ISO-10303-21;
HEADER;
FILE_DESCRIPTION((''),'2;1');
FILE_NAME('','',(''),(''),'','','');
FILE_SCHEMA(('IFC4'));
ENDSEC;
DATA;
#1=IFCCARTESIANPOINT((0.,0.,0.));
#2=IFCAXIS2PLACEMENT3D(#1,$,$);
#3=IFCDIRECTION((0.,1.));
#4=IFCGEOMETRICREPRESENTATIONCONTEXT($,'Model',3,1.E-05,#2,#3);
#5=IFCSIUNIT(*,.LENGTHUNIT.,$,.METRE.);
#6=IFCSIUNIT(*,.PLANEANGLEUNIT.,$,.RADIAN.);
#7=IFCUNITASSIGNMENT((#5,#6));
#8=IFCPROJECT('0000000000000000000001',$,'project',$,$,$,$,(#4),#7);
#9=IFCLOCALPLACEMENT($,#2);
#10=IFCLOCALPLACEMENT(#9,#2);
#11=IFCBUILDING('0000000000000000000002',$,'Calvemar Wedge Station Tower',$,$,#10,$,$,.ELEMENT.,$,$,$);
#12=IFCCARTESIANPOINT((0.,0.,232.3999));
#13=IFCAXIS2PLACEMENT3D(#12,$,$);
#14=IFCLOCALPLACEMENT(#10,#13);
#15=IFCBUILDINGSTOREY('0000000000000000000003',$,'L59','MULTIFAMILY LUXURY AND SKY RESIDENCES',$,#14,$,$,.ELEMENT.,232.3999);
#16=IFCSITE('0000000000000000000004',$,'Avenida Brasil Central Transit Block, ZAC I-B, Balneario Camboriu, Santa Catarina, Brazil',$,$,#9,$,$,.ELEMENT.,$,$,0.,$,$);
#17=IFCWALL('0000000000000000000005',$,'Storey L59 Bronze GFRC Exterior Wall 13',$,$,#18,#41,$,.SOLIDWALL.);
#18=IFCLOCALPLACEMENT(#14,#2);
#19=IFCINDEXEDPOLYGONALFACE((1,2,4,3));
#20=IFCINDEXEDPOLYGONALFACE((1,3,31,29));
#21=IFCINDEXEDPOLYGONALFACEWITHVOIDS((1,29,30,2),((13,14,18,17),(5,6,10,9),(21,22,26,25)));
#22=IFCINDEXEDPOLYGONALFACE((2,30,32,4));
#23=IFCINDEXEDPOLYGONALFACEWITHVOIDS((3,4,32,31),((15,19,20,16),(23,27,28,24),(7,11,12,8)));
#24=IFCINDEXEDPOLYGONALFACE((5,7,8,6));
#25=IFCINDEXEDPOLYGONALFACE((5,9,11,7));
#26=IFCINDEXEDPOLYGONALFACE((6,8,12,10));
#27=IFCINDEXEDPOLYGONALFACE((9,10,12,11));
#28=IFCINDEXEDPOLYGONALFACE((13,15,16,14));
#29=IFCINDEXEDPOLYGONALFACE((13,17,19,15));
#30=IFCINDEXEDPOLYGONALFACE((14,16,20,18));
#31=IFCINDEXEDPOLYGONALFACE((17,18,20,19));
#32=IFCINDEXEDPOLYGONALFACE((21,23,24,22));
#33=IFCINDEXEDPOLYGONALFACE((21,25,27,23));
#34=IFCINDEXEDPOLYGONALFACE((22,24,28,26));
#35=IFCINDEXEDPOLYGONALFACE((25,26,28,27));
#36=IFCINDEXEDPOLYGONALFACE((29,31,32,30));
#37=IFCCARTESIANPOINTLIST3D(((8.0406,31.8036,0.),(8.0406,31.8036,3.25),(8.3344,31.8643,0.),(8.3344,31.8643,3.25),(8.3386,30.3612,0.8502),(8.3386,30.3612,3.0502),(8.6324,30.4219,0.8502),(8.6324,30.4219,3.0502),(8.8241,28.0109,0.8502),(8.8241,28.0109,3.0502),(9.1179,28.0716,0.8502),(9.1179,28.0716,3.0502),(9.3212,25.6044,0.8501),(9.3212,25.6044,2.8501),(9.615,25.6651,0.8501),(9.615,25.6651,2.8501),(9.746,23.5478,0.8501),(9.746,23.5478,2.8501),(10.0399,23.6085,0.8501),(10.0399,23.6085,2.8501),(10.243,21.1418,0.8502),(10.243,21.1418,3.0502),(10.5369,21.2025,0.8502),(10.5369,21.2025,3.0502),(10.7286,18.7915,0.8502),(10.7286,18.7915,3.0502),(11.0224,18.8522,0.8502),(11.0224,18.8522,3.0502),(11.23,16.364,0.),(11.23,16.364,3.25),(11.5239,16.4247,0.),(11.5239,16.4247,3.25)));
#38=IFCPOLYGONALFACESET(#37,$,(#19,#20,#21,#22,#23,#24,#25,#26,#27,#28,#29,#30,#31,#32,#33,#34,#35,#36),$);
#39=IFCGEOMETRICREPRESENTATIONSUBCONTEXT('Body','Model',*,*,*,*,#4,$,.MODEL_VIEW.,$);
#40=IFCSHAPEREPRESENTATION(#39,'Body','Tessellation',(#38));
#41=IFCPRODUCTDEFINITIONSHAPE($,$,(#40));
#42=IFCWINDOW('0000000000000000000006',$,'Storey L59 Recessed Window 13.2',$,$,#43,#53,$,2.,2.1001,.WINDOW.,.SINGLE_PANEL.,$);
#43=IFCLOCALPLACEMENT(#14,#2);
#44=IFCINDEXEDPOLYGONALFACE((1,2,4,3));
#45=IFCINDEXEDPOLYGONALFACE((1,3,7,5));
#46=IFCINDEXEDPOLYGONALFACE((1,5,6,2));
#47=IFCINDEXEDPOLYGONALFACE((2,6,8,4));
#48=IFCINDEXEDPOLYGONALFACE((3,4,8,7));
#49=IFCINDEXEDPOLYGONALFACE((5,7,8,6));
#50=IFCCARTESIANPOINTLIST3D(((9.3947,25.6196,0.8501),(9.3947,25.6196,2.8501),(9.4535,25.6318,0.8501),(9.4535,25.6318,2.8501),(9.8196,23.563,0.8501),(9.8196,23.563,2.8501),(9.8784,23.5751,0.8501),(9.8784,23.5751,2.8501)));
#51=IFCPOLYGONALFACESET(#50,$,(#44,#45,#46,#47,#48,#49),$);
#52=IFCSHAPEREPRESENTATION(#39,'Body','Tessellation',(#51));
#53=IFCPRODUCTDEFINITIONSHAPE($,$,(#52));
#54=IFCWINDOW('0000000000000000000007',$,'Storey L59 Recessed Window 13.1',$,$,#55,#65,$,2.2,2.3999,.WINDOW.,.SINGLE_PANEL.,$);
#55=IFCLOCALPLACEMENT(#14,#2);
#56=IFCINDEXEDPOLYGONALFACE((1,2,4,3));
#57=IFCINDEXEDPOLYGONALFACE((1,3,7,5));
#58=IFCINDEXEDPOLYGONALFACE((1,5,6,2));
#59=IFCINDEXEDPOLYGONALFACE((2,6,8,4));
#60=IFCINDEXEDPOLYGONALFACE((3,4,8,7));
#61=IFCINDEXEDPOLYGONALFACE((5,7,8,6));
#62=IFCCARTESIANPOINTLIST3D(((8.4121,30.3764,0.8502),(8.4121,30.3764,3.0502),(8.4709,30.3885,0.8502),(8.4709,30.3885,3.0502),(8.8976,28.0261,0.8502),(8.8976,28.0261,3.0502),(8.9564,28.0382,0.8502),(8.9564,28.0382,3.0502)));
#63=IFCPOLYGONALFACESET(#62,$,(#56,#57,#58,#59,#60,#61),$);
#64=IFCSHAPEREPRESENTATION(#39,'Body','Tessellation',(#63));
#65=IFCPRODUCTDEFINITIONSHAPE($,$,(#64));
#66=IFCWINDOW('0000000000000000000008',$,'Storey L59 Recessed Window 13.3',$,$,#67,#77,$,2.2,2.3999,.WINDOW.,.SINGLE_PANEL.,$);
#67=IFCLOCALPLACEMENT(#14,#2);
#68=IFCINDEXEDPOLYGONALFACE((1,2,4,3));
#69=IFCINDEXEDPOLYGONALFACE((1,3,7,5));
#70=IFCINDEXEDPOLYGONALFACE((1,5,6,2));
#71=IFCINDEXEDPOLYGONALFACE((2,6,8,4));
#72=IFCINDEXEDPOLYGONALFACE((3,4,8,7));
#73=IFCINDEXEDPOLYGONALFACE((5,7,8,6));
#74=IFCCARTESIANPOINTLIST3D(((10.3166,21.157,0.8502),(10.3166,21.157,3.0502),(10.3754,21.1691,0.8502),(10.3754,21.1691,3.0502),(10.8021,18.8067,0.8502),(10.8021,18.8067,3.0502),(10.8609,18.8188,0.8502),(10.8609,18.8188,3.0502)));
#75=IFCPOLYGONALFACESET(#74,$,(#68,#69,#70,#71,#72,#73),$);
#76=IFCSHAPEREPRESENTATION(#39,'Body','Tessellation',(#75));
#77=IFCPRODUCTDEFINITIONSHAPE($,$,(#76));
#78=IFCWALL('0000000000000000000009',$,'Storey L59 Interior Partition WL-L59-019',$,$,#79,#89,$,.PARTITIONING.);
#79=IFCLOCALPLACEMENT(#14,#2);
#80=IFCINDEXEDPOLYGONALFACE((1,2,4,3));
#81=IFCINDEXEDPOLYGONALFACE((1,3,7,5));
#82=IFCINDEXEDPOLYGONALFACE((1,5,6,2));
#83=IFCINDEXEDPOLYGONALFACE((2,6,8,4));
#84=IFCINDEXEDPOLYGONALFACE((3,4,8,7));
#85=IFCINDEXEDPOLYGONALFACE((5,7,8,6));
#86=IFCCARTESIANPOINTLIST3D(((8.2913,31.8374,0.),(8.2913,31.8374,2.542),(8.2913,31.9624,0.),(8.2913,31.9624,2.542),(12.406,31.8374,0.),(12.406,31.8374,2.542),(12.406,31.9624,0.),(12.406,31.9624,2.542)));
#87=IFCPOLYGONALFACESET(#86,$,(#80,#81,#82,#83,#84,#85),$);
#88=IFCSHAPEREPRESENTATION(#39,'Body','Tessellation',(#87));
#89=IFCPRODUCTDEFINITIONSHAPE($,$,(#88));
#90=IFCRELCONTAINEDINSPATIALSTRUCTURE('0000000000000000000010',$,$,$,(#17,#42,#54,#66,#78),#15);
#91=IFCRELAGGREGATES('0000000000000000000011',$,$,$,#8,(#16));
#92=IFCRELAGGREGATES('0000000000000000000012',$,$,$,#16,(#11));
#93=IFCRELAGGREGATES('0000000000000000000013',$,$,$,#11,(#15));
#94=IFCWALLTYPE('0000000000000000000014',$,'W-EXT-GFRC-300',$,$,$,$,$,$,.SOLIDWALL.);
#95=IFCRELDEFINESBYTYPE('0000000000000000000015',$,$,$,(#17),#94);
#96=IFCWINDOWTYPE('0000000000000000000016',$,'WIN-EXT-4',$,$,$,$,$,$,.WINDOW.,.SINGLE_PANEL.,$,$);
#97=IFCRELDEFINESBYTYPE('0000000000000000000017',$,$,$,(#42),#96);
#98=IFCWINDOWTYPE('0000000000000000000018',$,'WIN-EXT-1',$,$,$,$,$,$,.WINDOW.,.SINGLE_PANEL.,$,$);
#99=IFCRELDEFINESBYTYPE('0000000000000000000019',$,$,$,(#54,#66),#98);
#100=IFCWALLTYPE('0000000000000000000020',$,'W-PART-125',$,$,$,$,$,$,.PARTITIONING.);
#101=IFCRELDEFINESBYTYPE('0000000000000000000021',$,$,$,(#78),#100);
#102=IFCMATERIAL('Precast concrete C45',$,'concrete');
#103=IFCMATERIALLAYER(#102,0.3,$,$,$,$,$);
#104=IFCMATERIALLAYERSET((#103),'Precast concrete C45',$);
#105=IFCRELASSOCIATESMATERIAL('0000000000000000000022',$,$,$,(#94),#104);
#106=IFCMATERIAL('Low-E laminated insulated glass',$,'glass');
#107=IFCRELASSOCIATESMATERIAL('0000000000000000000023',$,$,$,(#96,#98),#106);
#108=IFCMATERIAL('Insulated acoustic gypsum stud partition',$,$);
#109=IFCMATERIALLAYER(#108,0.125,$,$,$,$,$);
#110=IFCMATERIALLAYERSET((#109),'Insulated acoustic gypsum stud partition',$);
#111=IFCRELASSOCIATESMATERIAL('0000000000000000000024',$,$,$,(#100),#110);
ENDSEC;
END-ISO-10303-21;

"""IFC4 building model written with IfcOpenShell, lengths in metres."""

from ifc_helpers import new_model, si_unit, direction, frame, frame_2d, origin, place, context, subcontext, project, spatial, rectangle, extrude, source, transform, mapped, material, layer, layer_set, type_object, element, fill, save


model = new_model("IFC4")

# Units and contexts
model_context = context("Model", 3, precision=1e-05, world=origin(), true_north=direction((0.0, 1.0)))
body_context = subcontext(model_context, "Body", "Model", "MODEL_VIEW")
ifc_project = project(units=[si_unit("LENGTHUNIT", "METRE"), si_unit("PLANEANGLEUNIT", "RADIAN")], contexts=[model_context])

# Site, building, storey
site_placement = place(None, origin())
site = spatial("IfcSite", under=ifc_project, at=site_placement, Name="Avenida Brasil Central Transit Block, ZAC I-B, Balneario Camboriu, Santa Catarina, Brazil", CompositionType="ELEMENT", RefElevation=0.0)
building_placement = place(site_placement, origin())
building = spatial("IfcBuilding", under=site, at=building_placement, Name="Calvemar Wedge Station Tower", CompositionType="ELEMENT")
storey_placement = place(building_placement, frame((0.0, 0.0, 232.3999)))
storey = spatial("IfcBuildingStorey", under=building, at=storey_placement, Name="L59", Description="MULTIFAMILY LUXURY AND SKY RESIDENCES", CompositionType="ELEMENT", Elevation=232.3999)

# Wall, openings, windows
ifc_material_1 = material(Name="Precast concrete C45", Category="concrete")
ifc_layer_1 = layer(ifc_material_1, 0.3)
ifc_layer_set_1 = layer_set([ifc_layer_1], Name="Precast concrete C45")
wall_type_1 = type_object("IfcWallType", Name="W-EXT-GFRC-300", PredefinedType="SOLIDWALL", material=ifc_layer_set_1)
wall_1_placement = place(storey_placement, frame((8.1875, 31.834, 0.0), z_axis=(0.0, 0.0, 1.0), x_axis=(0.202303, -0.979323, 0.0)))
wall_1 = element("IfcWall", 1, at=wall_1_placement, inside=storey, type_object=wall_type_1, Name="Storey L59 Bronze GFRC Exterior Wall 13", PredefinedType="SOLIDWALL", context=body_context, shape_type="SweptSolid", body=[
    extrude(rectangle(XDim=15.7656, YDim=0.3, at=frame_2d((7.8828, 0.0))), origin(), (0.0, 0.0, 1.0), 3.25),
])
shared_shape_1 = source(origin(), body_context, "Body", "SweptSolid", [
    extrude(rectangle(XDim=2.3999, YDim=2.2, at=frame_2d((1.2, 1.1001))), frame((0.0, 0.1602, 0.0), z_axis=(0.0, -1.0, 0.0), x_axis=(1.0, 0.0, 0.0)), (0.0, 0.0, 1.0), 0.3201),
])
opening_1_placement = place(wall_1_placement, frame((1.4729, 0.0, 0.8501)))
opening_1 = element("IfcOpeningElement", 2, at=opening_1_placement, cuts=wall_1, PredefinedType="OPENING", context=body_context, shape_type="MappedRepresentation", body=[
    mapped(shared_shape_1, transform((0.0, 0.0, 0.0), scale=1.0)),
])
shared_shape_2 = source(origin(), body_context, "Body", "SweptSolid", [
    extrude(rectangle(XDim=2.1001, YDim=2.0, at=frame_2d((1.05, 1.0))), frame((0.0, 0.1602, 0.0), z_axis=(0.0, -1.0, 0.0), x_axis=(1.0, 0.0, 0.0)), (0.0, 0.0, 1.0), 0.3201),
])
opening_2_placement = place(wall_1_placement, frame((6.3301, 0.0, 0.8501)))
opening_2 = element("IfcOpeningElement", 3, at=opening_2_placement, cuts=wall_1, PredefinedType="OPENING", context=body_context, shape_type="MappedRepresentation", body=[
    mapped(shared_shape_2, transform((0.0, 0.0, 0.0), scale=1.0)),
])
opening_3_placement = place(wall_1_placement, frame((10.887, 0.0, 0.8501)))
opening_3 = element("IfcOpeningElement", 4, at=opening_3_placement, cuts=wall_1, PredefinedType="OPENING", context=body_context, shape_type="MappedRepresentation", body=[
    mapped(shared_shape_1, transform((0.0, 0.0, 0.0), scale=1.0)),
])
ifc_material_2 = material(Name="Low-E laminated insulated glass", Category="glass")
window_type_1 = type_object("IfcWindowType", Name="WIN-EXT-4", PartitioningType="SINGLE_PANEL", PredefinedType="WINDOW", material=ifc_material_2)
shared_shape_3 = source(origin(), body_context, "Body", "SweptSolid", [
    extrude(rectangle(XDim=2.1001, YDim=2.0, at=frame_2d((1.05, 1.0))), frame((0.0, -0.0149, 0.0), z_axis=(0.0, -1.0, 0.0), x_axis=(1.0, 0.0, 0.0)), (0.0, 0.0, 1.0), 0.0601),
])
window_1_placement = place(opening_2_placement, origin())
window_1 = element("IfcWindow", 5, at=window_1_placement, inside=storey, type_object=window_type_1, Name="Storey L59 Recessed Window 13.2", OverallHeight=2.0, OverallWidth=2.1001, PartitioningType="SINGLE_PANEL", PredefinedType="WINDOW", context=body_context, shape_type="MappedRepresentation", body=[
    mapped(shared_shape_3, transform((0.0, 0.0, 0.0), scale=1.0)),
])
fill(opening_2, window_1)
window_type_2 = type_object("IfcWindowType", Name="WIN-EXT-1", PartitioningType="SINGLE_PANEL", PredefinedType="WINDOW", material=ifc_material_2)
shared_shape_4 = source(origin(), body_context, "Body", "SweptSolid", [
    extrude(rectangle(XDim=2.3999, YDim=2.2, at=frame_2d((1.2, 1.1001))), frame((0.0, -0.0149, 0.0), z_axis=(0.0, -1.0, 0.0), x_axis=(1.0, 0.0, 0.0)), (0.0, 0.0, 1.0), 0.0601),
])
window_2_placement = place(opening_1_placement, origin())
window_2 = element("IfcWindow", 6, at=window_2_placement, inside=storey, type_object=window_type_2, Name="Storey L59 Recessed Window 13.1", OverallHeight=2.2, OverallWidth=2.3999, PartitioningType="SINGLE_PANEL", PredefinedType="WINDOW", context=body_context, shape_type="MappedRepresentation", body=[
    mapped(shared_shape_4, transform((0.0, 0.0, 0.0), scale=1.0)),
])
fill(opening_1, window_2)
window_3_placement = place(opening_3_placement, origin())
window_3 = element("IfcWindow", 7, at=window_3_placement, inside=storey, type_object=window_type_2, Name="Storey L59 Recessed Window 13.3", OverallHeight=2.2, OverallWidth=2.3999, PartitioningType="SINGLE_PANEL", PredefinedType="WINDOW", context=body_context, shape_type="MappedRepresentation", body=[
    mapped(shared_shape_4, transform((0.0, 0.0, 0.0), scale=1.0)),
])
fill(opening_3, window_3)

# Wall
ifc_material_3 = material(Name="Insulated acoustic gypsum stud partition")
ifc_layer_2 = layer(ifc_material_3, 0.125)
ifc_layer_set_2 = layer_set([ifc_layer_2], Name="Insulated acoustic gypsum stud partition")
wall_type_2 = type_object("IfcWallType", Name="W-PART-125", PredefinedType="PARTITIONING", material=ifc_layer_set_2)
wall_2_placement = place(storey_placement, frame((12.406, 31.8999, 0.0), z_axis=(0.0, 0.0, 1.0), x_axis=(-1.0, 0.0, 0.0)))
element("IfcWall", 8, at=wall_2_placement, inside=storey, type_object=wall_type_2, Name="Storey L59 Interior Partition WL-L59-019", PredefinedType="PARTITIONING", context=body_context, shape_type="SweptSolid", body=[
    extrude(rectangle(XDim=4.1147, YDim=0.125, at=frame_2d((2.0574, 0.0))), origin(), (0.0, 0.0, 1.0), 2.542),
])

save(model, "model.ifc")
